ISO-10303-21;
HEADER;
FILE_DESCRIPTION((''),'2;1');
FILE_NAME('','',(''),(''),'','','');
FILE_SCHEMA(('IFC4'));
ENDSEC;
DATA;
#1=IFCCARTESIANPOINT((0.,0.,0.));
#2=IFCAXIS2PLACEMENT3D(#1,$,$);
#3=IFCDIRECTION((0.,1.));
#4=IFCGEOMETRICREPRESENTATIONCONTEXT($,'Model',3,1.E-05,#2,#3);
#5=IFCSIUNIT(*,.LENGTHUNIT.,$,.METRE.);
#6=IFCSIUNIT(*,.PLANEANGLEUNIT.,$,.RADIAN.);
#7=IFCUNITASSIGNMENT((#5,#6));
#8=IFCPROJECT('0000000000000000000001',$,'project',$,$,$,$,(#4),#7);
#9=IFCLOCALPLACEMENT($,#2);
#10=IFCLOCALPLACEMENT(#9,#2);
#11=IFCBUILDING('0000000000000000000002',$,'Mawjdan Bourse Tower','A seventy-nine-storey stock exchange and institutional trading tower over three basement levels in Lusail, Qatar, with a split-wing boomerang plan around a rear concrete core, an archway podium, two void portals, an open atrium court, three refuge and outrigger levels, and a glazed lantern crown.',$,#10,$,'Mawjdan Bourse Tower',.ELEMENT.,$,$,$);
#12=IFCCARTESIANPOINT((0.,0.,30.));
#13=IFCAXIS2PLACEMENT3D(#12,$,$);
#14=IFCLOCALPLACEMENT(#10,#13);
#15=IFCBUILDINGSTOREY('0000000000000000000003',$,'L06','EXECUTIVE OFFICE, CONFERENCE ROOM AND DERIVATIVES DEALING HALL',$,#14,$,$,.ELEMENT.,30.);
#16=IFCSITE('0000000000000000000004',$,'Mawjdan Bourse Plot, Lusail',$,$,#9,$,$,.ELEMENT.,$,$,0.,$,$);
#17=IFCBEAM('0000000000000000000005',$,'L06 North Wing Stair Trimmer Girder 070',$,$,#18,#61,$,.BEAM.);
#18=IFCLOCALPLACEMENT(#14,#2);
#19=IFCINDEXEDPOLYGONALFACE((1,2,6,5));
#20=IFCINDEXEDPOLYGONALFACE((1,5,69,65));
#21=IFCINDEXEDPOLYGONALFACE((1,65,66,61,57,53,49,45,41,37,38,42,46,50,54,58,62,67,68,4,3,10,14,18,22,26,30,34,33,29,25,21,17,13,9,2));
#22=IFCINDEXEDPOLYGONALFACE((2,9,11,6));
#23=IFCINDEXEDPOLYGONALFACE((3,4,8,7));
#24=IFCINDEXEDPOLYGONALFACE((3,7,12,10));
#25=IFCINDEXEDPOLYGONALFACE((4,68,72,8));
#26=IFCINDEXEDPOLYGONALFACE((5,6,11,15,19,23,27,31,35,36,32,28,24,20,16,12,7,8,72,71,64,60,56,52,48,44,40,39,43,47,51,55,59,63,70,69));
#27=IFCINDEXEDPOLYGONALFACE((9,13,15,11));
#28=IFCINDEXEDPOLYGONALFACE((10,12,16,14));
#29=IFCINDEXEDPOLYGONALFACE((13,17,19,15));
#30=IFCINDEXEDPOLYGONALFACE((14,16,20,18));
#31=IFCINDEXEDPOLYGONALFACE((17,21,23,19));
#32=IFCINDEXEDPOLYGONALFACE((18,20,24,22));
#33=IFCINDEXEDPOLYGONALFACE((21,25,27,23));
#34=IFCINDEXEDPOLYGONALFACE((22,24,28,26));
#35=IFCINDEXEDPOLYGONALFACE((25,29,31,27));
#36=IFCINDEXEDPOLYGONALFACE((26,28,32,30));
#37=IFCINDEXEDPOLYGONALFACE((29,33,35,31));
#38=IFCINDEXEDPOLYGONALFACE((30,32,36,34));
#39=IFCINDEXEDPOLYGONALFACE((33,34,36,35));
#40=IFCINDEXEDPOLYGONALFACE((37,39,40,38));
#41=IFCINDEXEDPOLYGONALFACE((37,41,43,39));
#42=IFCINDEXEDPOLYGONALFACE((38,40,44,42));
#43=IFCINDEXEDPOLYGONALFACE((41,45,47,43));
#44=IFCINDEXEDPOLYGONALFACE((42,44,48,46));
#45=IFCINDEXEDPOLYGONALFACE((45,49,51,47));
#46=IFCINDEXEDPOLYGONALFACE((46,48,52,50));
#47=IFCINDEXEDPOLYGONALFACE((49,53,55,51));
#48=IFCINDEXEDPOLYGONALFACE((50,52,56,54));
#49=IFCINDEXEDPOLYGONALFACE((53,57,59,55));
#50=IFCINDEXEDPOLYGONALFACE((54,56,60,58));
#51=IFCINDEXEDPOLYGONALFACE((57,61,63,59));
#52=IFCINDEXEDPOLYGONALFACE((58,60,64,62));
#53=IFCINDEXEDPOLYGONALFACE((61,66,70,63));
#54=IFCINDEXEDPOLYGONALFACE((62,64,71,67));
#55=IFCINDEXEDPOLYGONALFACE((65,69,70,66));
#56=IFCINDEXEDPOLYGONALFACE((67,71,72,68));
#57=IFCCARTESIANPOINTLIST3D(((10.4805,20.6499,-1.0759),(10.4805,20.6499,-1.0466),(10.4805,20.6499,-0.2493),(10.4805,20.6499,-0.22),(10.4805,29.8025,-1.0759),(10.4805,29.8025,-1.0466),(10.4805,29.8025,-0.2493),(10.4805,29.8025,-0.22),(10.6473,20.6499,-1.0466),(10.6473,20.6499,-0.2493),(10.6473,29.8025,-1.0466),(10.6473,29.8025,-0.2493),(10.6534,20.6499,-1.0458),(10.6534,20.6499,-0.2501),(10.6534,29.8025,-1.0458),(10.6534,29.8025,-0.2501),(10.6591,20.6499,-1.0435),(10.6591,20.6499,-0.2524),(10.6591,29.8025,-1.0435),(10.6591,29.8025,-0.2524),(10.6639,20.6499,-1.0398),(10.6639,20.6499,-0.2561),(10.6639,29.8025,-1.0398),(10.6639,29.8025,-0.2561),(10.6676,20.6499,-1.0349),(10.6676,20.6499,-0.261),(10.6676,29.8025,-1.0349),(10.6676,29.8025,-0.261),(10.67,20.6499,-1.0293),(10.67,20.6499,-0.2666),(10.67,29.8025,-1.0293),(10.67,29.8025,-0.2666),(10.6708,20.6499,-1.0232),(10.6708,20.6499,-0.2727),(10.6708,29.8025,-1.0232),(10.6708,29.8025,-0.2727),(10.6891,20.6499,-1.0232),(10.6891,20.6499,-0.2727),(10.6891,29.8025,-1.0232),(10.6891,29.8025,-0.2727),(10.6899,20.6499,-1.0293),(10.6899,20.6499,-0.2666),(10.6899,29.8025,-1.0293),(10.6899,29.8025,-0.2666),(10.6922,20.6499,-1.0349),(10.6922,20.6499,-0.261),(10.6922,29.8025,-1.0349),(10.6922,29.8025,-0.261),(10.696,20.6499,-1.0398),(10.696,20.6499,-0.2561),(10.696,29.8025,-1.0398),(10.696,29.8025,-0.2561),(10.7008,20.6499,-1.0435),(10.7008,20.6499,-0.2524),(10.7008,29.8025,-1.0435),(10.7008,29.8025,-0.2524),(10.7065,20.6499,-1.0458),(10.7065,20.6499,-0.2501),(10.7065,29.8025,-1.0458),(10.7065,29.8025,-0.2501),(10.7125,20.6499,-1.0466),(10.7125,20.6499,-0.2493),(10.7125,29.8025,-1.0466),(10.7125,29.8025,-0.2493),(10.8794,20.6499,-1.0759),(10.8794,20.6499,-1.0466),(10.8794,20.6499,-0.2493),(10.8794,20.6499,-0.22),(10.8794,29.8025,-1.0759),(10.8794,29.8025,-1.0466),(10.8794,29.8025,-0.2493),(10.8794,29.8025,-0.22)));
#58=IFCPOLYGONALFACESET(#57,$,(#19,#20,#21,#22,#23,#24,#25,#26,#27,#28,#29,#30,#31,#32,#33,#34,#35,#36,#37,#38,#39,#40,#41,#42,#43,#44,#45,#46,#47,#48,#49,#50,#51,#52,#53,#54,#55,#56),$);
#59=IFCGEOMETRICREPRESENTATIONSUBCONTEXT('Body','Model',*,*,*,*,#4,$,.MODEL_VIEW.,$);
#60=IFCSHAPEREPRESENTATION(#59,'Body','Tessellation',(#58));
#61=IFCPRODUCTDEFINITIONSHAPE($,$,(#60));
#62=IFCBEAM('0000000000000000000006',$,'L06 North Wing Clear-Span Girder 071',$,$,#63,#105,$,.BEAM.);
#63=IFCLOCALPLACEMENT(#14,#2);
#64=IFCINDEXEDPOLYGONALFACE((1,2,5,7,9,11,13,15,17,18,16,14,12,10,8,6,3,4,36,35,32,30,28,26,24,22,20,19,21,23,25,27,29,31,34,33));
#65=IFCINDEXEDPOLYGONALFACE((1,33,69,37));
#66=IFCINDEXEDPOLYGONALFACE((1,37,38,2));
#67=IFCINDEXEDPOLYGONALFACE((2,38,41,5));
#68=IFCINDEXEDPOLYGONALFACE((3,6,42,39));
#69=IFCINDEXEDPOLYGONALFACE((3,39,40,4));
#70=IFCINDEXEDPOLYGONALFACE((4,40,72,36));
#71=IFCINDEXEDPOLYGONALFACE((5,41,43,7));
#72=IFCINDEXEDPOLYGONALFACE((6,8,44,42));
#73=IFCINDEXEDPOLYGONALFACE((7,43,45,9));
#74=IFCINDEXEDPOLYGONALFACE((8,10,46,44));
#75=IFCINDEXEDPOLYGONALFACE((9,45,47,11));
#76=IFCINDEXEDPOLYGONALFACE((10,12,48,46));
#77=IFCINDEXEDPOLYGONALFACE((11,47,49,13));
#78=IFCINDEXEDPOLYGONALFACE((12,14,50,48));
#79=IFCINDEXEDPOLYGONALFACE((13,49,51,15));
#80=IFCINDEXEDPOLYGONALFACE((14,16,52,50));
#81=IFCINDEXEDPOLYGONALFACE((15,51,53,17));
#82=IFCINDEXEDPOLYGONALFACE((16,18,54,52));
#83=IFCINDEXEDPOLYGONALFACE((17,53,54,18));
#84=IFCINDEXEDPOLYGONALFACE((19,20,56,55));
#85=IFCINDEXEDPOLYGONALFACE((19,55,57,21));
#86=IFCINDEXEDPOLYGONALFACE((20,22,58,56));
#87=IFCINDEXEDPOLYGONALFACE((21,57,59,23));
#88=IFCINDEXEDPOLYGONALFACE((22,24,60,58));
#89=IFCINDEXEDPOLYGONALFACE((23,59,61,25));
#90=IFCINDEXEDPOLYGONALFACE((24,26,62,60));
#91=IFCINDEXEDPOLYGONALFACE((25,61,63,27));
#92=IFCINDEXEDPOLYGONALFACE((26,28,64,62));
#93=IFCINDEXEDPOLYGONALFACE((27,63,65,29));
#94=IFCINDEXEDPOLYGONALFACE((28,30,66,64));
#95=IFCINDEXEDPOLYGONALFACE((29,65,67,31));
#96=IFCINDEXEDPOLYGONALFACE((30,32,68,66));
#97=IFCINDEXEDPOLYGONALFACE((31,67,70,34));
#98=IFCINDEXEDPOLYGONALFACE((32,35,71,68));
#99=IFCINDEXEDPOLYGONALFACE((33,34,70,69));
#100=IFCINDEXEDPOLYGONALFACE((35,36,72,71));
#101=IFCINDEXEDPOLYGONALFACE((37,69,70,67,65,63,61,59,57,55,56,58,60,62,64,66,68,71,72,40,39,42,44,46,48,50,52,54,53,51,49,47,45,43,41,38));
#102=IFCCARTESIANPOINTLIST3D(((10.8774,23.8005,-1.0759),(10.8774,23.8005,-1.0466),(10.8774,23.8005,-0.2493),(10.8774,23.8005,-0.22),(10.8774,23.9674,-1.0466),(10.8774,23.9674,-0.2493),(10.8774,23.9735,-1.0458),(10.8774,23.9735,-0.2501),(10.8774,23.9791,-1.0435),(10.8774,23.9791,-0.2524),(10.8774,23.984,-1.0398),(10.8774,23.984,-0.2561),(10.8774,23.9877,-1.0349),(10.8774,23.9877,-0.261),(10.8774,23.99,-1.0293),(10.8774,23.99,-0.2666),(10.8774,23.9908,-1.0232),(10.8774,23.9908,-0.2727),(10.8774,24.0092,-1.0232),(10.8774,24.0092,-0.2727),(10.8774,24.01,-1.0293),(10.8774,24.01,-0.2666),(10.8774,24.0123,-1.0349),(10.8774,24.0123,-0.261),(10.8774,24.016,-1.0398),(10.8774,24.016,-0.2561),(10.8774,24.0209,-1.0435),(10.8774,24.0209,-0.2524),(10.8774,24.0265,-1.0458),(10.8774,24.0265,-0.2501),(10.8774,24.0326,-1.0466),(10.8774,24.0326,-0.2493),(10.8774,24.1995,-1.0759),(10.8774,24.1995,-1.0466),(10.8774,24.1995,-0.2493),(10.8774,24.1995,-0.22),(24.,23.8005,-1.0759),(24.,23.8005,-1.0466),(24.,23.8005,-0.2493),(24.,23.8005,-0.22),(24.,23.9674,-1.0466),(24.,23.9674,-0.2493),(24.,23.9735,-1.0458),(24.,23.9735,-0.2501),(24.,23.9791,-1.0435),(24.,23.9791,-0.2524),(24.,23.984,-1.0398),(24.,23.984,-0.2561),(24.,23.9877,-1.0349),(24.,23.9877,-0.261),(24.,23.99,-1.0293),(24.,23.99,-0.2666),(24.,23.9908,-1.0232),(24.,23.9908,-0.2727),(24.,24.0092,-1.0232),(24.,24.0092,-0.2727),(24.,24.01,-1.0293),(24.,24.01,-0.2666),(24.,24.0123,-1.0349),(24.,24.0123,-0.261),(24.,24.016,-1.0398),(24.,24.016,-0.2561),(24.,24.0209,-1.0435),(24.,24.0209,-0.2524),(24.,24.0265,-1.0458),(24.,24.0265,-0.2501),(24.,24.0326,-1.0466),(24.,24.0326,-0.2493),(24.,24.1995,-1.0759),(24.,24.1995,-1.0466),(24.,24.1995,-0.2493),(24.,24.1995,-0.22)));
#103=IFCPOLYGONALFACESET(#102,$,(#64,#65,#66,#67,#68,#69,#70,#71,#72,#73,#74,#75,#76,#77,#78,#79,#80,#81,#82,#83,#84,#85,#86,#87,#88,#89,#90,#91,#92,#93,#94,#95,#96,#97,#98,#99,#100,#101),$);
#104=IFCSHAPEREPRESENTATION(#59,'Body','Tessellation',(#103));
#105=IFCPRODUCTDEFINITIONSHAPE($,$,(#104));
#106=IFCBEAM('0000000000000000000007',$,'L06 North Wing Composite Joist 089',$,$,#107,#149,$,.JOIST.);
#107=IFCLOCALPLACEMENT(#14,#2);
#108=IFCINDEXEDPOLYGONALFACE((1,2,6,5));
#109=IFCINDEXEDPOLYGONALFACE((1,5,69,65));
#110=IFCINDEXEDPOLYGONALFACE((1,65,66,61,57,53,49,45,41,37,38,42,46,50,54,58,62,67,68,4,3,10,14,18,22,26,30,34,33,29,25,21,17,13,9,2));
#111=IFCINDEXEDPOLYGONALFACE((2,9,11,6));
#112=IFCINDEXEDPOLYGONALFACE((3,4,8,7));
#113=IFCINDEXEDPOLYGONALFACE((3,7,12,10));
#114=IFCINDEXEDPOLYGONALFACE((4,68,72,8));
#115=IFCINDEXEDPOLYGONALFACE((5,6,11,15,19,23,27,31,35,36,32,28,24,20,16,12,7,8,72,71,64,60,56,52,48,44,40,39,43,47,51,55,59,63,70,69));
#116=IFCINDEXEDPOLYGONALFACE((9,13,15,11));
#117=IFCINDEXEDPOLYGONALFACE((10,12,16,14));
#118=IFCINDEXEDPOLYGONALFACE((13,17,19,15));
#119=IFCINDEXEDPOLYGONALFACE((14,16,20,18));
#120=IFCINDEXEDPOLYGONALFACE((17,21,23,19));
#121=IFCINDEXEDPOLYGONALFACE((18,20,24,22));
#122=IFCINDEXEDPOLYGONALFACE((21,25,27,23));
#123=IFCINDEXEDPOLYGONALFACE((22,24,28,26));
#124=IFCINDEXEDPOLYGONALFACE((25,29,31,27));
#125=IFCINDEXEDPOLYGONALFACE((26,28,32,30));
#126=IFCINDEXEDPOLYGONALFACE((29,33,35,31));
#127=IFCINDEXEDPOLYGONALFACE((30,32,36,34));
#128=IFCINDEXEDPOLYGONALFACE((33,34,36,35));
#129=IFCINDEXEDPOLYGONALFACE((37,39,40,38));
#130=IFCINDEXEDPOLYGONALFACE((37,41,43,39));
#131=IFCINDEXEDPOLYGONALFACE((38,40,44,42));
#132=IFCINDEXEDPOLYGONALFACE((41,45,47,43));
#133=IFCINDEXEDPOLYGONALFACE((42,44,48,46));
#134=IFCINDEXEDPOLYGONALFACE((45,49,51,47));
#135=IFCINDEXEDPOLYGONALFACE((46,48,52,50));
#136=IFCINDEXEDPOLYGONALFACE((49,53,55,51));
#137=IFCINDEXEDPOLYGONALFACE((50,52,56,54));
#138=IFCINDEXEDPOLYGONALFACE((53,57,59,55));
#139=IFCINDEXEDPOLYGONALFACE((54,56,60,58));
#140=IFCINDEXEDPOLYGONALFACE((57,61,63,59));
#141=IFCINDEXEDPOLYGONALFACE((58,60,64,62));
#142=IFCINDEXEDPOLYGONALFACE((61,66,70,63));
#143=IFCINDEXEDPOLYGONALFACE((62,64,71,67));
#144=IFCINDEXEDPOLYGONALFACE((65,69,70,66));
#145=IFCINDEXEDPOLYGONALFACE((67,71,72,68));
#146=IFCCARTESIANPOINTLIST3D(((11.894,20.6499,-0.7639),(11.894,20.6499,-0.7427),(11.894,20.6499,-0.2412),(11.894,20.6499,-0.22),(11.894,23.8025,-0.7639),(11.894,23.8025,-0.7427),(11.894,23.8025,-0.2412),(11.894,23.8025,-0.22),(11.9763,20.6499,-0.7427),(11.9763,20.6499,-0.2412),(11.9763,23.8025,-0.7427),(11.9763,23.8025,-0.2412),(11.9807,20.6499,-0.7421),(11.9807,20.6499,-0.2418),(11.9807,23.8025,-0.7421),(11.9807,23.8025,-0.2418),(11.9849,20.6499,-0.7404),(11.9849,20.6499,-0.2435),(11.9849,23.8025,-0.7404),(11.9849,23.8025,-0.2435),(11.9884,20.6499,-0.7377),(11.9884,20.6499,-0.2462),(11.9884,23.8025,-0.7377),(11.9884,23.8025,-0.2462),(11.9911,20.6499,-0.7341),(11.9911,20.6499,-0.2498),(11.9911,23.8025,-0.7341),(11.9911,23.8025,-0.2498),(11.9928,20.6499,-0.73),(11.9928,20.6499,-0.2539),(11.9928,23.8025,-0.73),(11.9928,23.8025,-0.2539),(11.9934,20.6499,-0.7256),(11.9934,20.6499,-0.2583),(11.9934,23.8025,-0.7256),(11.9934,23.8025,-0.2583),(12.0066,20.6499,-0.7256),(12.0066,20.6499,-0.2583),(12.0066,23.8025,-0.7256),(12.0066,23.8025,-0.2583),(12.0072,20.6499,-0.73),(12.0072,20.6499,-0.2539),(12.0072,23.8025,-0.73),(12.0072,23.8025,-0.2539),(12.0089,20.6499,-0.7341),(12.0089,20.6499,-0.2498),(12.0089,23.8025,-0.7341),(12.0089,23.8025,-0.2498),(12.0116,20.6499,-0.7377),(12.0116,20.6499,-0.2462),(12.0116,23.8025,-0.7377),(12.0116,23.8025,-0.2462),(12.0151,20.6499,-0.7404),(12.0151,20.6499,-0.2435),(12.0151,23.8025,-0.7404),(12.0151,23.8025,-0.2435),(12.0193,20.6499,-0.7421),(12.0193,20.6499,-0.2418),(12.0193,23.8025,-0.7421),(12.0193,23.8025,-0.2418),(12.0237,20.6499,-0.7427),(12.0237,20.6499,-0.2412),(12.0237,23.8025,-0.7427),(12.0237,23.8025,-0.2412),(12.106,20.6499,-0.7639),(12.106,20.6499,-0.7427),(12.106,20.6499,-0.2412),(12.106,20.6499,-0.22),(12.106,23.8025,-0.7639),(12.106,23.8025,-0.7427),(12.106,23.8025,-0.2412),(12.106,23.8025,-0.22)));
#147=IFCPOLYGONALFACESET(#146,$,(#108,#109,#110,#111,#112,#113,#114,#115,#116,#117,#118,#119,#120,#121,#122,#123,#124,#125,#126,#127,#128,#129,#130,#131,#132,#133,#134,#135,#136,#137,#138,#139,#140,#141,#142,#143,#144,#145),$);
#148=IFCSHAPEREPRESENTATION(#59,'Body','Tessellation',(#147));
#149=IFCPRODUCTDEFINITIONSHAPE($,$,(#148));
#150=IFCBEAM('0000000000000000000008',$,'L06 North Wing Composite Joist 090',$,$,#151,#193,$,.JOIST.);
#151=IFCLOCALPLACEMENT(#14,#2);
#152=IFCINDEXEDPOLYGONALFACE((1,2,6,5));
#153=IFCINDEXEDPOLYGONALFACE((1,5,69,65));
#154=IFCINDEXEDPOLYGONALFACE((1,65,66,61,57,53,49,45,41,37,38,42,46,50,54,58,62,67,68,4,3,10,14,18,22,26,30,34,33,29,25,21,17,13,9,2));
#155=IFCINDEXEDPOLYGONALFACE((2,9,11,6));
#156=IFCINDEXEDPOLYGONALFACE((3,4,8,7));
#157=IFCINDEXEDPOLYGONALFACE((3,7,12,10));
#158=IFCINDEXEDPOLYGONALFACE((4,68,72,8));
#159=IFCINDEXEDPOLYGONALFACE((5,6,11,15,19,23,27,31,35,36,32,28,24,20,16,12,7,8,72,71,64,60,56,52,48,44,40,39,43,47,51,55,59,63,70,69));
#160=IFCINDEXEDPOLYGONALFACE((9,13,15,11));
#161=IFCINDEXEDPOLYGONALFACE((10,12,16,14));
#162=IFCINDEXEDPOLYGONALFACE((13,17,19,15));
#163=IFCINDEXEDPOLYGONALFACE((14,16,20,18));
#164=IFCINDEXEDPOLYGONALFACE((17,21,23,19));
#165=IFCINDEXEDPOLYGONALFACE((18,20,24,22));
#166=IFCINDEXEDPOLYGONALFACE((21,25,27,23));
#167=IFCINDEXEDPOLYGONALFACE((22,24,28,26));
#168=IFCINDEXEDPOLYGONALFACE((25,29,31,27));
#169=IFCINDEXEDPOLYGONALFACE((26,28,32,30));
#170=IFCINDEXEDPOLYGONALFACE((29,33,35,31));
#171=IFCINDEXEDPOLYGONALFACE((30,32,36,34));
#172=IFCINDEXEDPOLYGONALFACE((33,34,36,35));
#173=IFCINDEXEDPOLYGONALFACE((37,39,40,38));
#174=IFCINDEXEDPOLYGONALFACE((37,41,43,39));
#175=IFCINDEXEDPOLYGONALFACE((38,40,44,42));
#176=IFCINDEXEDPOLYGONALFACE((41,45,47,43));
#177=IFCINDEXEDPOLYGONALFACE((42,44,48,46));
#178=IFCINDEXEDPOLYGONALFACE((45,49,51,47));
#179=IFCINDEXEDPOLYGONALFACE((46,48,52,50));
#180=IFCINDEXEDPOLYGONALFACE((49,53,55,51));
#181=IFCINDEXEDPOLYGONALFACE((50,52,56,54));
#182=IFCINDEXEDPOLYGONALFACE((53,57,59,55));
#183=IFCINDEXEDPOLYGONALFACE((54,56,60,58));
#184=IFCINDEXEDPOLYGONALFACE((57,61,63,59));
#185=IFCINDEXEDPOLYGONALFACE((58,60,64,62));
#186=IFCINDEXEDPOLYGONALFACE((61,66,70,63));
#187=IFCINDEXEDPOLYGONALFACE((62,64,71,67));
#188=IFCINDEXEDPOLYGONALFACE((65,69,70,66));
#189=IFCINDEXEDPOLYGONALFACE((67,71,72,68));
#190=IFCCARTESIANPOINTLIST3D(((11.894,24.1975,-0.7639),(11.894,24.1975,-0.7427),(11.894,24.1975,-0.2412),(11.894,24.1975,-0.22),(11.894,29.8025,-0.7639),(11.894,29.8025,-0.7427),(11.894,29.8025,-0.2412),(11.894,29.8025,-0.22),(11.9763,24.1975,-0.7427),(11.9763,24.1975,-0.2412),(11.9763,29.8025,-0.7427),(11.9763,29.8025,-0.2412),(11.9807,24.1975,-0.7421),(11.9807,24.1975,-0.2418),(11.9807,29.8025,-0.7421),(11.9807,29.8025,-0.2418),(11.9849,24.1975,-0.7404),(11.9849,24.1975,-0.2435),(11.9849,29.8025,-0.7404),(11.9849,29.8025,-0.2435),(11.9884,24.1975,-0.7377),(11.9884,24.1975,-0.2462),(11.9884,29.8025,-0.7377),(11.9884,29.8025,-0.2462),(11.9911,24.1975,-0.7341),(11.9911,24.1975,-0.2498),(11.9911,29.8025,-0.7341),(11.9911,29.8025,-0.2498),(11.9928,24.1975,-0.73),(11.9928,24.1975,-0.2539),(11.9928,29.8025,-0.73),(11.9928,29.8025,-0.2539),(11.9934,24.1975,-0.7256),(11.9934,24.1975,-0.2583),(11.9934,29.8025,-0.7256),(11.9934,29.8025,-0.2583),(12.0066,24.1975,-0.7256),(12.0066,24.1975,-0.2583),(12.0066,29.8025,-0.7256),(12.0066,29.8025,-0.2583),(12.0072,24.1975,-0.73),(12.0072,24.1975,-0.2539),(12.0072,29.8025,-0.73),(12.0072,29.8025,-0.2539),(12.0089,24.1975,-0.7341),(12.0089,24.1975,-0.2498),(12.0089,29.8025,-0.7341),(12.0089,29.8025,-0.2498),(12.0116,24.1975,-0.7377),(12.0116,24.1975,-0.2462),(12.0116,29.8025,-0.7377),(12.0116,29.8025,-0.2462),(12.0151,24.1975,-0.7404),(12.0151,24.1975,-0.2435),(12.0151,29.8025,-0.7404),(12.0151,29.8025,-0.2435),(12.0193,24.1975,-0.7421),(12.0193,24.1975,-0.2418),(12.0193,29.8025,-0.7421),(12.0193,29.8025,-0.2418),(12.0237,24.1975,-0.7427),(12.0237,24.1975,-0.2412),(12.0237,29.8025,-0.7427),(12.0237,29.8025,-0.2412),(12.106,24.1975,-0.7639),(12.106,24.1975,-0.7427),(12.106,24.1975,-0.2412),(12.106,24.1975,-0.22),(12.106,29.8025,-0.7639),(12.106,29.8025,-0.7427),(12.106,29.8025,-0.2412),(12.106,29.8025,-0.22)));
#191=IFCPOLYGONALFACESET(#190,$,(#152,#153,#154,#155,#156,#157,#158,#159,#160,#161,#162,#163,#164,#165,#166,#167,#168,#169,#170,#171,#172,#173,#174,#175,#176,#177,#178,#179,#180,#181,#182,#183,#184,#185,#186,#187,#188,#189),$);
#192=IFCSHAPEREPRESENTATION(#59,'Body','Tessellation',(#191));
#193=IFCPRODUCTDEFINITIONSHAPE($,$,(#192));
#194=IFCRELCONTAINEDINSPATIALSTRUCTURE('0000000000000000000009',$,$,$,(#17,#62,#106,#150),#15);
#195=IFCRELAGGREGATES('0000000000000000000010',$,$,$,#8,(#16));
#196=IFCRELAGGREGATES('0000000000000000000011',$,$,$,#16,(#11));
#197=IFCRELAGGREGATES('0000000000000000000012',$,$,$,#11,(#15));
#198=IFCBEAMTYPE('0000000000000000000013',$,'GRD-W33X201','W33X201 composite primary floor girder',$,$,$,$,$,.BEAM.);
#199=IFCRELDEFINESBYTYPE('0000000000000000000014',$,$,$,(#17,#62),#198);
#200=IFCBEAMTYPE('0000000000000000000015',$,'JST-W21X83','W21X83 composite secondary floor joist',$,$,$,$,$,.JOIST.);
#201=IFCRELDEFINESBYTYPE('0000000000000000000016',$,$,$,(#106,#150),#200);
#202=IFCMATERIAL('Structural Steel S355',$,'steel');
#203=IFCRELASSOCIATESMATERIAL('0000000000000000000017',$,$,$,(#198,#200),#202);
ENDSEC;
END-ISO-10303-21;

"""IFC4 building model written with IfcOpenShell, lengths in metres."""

from ifc_helpers import new_model, si_unit, direction, frame, origin, origin_2d, place, context, subcontext, project, spatial, i_section, extrude, material, material_profile, profile_set, type_object, element, save


model = new_model("IFC4")

# Units and contexts
model_context = context("Model", 3, precision=1e-05, world=origin(), true_north=direction((0.0, 1.0)))
body_context = subcontext(model_context, "Body", "Model", "MODEL_VIEW")
ifc_project = project(units=[si_unit("LENGTHUNIT", "METRE"), si_unit("PLANEANGLEUNIT", "RADIAN")], contexts=[model_context])

# Site, building, storey
site_placement = place(None, origin())
site = spatial("IfcSite", under=ifc_project, at=site_placement, Name="Mawjdan Bourse Plot, Lusail", CompositionType="ELEMENT", RefElevation=0.0)
building_placement = place(site_placement, origin())
building = spatial("IfcBuilding", under=site, at=building_placement, Name="Mawjdan Bourse Tower", Description="A seventy-nine-storey stock exchange and institutional trading tower over three basement levels in Lusail, Qatar, with a split-wing boomerang plan around a rear concrete core, an archway podium, two void portals, an open atrium court, three refuge and outrigger levels, and a glazed lantern crown.", LongName="Mawjdan Bourse Tower", CompositionType="ELEMENT")
storey_placement = place(building_placement, frame((0.0, 0.0, 30.0)))
storey = spatial("IfcBuildingStorey", under=building, at=storey_placement, Name="L06", Description="EXECUTIVE OFFICE, CONFERENCE ROOM AND DERIVATIVES DEALING HALL", CompositionType="ELEMENT", Elevation=30.0)

# Beams
ifc_material_1 = material(Name="Structural Steel S355", Category="steel")
ifc_material_profile_1 = material_profile(ifc_material_1, i_section(OverallWidth=0.3989, OverallDepth=0.856, WebThickness=0.0183, FlangeThickness=0.0293, FilletRadius=0.0234, at=origin_2d()), Name="W33X201")
ifc_profile_set_1 = profile_set([ifc_material_profile_1], Name="Structural Steel S355")
beam_type_1 = type_object("IfcBeamType", Name="GRD-W33X201", Description="W33X201 composite primary floor girder", PredefinedType="BEAM", material=ifc_profile_set_1)
beam_1_placement = place(storey_placement, frame((10.6799, 20.6499, -0.6479), z_axis=(0.0, 1.0, 0.0), x_axis=(-1.0, 0.0, 0.0)))
element("IfcBeam", 1, at=beam_1_placement, inside=storey, type_object=beam_type_1, Name="L06 North Wing Stair Trimmer Girder 070", PredefinedType="BEAM", context=body_context, shape_type="SweptSolid", body=[
    extrude(i_section(OverallWidth=0.3989, OverallDepth=0.856, WebThickness=0.0183, FlangeThickness=0.0293, FilletRadius=0.0234, at=origin_2d()), origin(), (0.0, 0.0, 1.0), 9.1526),
])
beam_2_placement = place(storey_placement, frame((10.8774, 24.0, -0.6479), z_axis=(1.0, 0.0, 0.0), x_axis=(0.0, 1.0, 0.0)))
element("IfcBeam", 2, at=beam_2_placement, inside=storey, type_object=beam_type_1, Name="L06 North Wing Clear-Span Girder 071", PredefinedType="BEAM", context=body_context, shape_type="SweptSolid", body=[
    extrude(i_section(OverallWidth=0.3989, OverallDepth=0.856, WebThickness=0.0183, FlangeThickness=0.0293, FilletRadius=0.0234, at=origin_2d()), origin(), (0.0, 0.0, 1.0), 13.1226),
])
ifc_material_profile_2 = material_profile(ifc_material_1, i_section(OverallWidth=0.2119, OverallDepth=0.5439, WebThickness=0.0132, FlangeThickness=0.0212, FilletRadius=0.0171, at=origin_2d()), Name="W21X83")
ifc_profile_set_2 = profile_set([ifc_material_profile_2], Name="Structural Steel S355")
beam_type_2 = type_object("IfcBeamType", Name="JST-W21X83", Description="W21X83 composite secondary floor joist", PredefinedType="JOIST", material=ifc_profile_set_2)
beam_3_placement = place(storey_placement, frame((12.0, 20.6499, -0.4919), z_axis=(0.0, 1.0, 0.0), x_axis=(-1.0, 0.0, 0.0)))
element("IfcBeam", 3, at=beam_3_placement, inside=storey, type_object=beam_type_2, Name="L06 North Wing Composite Joist 089", PredefinedType="JOIST", context=body_context, shape_type="SweptSolid", body=[
    extrude(i_section(OverallWidth=0.2119, OverallDepth=0.5439, WebThickness=0.0132, FlangeThickness=0.0212, FilletRadius=0.0171, at=origin_2d()), origin(), (0.0, 0.0, 1.0), 3.1526),
])
beam_4_placement = place(storey_placement, frame((12.0, 24.1975, -0.4919), z_axis=(0.0, 1.0, 0.0), x_axis=(-1.0, 0.0, 0.0)))
element("IfcBeam", 4, at=beam_4_placement, inside=storey, type_object=beam_type_2, Name="L06 North Wing Composite Joist 090", PredefinedType="JOIST", context=body_context, shape_type="SweptSolid", body=[
    extrude(i_section(OverallWidth=0.2119, OverallDepth=0.5439, WebThickness=0.0132, FlangeThickness=0.0212, FilletRadius=0.0171, at=origin_2d()), origin(), (0.0, 0.0, 1.0), 5.605),
])

save(model, "model.ifc")
